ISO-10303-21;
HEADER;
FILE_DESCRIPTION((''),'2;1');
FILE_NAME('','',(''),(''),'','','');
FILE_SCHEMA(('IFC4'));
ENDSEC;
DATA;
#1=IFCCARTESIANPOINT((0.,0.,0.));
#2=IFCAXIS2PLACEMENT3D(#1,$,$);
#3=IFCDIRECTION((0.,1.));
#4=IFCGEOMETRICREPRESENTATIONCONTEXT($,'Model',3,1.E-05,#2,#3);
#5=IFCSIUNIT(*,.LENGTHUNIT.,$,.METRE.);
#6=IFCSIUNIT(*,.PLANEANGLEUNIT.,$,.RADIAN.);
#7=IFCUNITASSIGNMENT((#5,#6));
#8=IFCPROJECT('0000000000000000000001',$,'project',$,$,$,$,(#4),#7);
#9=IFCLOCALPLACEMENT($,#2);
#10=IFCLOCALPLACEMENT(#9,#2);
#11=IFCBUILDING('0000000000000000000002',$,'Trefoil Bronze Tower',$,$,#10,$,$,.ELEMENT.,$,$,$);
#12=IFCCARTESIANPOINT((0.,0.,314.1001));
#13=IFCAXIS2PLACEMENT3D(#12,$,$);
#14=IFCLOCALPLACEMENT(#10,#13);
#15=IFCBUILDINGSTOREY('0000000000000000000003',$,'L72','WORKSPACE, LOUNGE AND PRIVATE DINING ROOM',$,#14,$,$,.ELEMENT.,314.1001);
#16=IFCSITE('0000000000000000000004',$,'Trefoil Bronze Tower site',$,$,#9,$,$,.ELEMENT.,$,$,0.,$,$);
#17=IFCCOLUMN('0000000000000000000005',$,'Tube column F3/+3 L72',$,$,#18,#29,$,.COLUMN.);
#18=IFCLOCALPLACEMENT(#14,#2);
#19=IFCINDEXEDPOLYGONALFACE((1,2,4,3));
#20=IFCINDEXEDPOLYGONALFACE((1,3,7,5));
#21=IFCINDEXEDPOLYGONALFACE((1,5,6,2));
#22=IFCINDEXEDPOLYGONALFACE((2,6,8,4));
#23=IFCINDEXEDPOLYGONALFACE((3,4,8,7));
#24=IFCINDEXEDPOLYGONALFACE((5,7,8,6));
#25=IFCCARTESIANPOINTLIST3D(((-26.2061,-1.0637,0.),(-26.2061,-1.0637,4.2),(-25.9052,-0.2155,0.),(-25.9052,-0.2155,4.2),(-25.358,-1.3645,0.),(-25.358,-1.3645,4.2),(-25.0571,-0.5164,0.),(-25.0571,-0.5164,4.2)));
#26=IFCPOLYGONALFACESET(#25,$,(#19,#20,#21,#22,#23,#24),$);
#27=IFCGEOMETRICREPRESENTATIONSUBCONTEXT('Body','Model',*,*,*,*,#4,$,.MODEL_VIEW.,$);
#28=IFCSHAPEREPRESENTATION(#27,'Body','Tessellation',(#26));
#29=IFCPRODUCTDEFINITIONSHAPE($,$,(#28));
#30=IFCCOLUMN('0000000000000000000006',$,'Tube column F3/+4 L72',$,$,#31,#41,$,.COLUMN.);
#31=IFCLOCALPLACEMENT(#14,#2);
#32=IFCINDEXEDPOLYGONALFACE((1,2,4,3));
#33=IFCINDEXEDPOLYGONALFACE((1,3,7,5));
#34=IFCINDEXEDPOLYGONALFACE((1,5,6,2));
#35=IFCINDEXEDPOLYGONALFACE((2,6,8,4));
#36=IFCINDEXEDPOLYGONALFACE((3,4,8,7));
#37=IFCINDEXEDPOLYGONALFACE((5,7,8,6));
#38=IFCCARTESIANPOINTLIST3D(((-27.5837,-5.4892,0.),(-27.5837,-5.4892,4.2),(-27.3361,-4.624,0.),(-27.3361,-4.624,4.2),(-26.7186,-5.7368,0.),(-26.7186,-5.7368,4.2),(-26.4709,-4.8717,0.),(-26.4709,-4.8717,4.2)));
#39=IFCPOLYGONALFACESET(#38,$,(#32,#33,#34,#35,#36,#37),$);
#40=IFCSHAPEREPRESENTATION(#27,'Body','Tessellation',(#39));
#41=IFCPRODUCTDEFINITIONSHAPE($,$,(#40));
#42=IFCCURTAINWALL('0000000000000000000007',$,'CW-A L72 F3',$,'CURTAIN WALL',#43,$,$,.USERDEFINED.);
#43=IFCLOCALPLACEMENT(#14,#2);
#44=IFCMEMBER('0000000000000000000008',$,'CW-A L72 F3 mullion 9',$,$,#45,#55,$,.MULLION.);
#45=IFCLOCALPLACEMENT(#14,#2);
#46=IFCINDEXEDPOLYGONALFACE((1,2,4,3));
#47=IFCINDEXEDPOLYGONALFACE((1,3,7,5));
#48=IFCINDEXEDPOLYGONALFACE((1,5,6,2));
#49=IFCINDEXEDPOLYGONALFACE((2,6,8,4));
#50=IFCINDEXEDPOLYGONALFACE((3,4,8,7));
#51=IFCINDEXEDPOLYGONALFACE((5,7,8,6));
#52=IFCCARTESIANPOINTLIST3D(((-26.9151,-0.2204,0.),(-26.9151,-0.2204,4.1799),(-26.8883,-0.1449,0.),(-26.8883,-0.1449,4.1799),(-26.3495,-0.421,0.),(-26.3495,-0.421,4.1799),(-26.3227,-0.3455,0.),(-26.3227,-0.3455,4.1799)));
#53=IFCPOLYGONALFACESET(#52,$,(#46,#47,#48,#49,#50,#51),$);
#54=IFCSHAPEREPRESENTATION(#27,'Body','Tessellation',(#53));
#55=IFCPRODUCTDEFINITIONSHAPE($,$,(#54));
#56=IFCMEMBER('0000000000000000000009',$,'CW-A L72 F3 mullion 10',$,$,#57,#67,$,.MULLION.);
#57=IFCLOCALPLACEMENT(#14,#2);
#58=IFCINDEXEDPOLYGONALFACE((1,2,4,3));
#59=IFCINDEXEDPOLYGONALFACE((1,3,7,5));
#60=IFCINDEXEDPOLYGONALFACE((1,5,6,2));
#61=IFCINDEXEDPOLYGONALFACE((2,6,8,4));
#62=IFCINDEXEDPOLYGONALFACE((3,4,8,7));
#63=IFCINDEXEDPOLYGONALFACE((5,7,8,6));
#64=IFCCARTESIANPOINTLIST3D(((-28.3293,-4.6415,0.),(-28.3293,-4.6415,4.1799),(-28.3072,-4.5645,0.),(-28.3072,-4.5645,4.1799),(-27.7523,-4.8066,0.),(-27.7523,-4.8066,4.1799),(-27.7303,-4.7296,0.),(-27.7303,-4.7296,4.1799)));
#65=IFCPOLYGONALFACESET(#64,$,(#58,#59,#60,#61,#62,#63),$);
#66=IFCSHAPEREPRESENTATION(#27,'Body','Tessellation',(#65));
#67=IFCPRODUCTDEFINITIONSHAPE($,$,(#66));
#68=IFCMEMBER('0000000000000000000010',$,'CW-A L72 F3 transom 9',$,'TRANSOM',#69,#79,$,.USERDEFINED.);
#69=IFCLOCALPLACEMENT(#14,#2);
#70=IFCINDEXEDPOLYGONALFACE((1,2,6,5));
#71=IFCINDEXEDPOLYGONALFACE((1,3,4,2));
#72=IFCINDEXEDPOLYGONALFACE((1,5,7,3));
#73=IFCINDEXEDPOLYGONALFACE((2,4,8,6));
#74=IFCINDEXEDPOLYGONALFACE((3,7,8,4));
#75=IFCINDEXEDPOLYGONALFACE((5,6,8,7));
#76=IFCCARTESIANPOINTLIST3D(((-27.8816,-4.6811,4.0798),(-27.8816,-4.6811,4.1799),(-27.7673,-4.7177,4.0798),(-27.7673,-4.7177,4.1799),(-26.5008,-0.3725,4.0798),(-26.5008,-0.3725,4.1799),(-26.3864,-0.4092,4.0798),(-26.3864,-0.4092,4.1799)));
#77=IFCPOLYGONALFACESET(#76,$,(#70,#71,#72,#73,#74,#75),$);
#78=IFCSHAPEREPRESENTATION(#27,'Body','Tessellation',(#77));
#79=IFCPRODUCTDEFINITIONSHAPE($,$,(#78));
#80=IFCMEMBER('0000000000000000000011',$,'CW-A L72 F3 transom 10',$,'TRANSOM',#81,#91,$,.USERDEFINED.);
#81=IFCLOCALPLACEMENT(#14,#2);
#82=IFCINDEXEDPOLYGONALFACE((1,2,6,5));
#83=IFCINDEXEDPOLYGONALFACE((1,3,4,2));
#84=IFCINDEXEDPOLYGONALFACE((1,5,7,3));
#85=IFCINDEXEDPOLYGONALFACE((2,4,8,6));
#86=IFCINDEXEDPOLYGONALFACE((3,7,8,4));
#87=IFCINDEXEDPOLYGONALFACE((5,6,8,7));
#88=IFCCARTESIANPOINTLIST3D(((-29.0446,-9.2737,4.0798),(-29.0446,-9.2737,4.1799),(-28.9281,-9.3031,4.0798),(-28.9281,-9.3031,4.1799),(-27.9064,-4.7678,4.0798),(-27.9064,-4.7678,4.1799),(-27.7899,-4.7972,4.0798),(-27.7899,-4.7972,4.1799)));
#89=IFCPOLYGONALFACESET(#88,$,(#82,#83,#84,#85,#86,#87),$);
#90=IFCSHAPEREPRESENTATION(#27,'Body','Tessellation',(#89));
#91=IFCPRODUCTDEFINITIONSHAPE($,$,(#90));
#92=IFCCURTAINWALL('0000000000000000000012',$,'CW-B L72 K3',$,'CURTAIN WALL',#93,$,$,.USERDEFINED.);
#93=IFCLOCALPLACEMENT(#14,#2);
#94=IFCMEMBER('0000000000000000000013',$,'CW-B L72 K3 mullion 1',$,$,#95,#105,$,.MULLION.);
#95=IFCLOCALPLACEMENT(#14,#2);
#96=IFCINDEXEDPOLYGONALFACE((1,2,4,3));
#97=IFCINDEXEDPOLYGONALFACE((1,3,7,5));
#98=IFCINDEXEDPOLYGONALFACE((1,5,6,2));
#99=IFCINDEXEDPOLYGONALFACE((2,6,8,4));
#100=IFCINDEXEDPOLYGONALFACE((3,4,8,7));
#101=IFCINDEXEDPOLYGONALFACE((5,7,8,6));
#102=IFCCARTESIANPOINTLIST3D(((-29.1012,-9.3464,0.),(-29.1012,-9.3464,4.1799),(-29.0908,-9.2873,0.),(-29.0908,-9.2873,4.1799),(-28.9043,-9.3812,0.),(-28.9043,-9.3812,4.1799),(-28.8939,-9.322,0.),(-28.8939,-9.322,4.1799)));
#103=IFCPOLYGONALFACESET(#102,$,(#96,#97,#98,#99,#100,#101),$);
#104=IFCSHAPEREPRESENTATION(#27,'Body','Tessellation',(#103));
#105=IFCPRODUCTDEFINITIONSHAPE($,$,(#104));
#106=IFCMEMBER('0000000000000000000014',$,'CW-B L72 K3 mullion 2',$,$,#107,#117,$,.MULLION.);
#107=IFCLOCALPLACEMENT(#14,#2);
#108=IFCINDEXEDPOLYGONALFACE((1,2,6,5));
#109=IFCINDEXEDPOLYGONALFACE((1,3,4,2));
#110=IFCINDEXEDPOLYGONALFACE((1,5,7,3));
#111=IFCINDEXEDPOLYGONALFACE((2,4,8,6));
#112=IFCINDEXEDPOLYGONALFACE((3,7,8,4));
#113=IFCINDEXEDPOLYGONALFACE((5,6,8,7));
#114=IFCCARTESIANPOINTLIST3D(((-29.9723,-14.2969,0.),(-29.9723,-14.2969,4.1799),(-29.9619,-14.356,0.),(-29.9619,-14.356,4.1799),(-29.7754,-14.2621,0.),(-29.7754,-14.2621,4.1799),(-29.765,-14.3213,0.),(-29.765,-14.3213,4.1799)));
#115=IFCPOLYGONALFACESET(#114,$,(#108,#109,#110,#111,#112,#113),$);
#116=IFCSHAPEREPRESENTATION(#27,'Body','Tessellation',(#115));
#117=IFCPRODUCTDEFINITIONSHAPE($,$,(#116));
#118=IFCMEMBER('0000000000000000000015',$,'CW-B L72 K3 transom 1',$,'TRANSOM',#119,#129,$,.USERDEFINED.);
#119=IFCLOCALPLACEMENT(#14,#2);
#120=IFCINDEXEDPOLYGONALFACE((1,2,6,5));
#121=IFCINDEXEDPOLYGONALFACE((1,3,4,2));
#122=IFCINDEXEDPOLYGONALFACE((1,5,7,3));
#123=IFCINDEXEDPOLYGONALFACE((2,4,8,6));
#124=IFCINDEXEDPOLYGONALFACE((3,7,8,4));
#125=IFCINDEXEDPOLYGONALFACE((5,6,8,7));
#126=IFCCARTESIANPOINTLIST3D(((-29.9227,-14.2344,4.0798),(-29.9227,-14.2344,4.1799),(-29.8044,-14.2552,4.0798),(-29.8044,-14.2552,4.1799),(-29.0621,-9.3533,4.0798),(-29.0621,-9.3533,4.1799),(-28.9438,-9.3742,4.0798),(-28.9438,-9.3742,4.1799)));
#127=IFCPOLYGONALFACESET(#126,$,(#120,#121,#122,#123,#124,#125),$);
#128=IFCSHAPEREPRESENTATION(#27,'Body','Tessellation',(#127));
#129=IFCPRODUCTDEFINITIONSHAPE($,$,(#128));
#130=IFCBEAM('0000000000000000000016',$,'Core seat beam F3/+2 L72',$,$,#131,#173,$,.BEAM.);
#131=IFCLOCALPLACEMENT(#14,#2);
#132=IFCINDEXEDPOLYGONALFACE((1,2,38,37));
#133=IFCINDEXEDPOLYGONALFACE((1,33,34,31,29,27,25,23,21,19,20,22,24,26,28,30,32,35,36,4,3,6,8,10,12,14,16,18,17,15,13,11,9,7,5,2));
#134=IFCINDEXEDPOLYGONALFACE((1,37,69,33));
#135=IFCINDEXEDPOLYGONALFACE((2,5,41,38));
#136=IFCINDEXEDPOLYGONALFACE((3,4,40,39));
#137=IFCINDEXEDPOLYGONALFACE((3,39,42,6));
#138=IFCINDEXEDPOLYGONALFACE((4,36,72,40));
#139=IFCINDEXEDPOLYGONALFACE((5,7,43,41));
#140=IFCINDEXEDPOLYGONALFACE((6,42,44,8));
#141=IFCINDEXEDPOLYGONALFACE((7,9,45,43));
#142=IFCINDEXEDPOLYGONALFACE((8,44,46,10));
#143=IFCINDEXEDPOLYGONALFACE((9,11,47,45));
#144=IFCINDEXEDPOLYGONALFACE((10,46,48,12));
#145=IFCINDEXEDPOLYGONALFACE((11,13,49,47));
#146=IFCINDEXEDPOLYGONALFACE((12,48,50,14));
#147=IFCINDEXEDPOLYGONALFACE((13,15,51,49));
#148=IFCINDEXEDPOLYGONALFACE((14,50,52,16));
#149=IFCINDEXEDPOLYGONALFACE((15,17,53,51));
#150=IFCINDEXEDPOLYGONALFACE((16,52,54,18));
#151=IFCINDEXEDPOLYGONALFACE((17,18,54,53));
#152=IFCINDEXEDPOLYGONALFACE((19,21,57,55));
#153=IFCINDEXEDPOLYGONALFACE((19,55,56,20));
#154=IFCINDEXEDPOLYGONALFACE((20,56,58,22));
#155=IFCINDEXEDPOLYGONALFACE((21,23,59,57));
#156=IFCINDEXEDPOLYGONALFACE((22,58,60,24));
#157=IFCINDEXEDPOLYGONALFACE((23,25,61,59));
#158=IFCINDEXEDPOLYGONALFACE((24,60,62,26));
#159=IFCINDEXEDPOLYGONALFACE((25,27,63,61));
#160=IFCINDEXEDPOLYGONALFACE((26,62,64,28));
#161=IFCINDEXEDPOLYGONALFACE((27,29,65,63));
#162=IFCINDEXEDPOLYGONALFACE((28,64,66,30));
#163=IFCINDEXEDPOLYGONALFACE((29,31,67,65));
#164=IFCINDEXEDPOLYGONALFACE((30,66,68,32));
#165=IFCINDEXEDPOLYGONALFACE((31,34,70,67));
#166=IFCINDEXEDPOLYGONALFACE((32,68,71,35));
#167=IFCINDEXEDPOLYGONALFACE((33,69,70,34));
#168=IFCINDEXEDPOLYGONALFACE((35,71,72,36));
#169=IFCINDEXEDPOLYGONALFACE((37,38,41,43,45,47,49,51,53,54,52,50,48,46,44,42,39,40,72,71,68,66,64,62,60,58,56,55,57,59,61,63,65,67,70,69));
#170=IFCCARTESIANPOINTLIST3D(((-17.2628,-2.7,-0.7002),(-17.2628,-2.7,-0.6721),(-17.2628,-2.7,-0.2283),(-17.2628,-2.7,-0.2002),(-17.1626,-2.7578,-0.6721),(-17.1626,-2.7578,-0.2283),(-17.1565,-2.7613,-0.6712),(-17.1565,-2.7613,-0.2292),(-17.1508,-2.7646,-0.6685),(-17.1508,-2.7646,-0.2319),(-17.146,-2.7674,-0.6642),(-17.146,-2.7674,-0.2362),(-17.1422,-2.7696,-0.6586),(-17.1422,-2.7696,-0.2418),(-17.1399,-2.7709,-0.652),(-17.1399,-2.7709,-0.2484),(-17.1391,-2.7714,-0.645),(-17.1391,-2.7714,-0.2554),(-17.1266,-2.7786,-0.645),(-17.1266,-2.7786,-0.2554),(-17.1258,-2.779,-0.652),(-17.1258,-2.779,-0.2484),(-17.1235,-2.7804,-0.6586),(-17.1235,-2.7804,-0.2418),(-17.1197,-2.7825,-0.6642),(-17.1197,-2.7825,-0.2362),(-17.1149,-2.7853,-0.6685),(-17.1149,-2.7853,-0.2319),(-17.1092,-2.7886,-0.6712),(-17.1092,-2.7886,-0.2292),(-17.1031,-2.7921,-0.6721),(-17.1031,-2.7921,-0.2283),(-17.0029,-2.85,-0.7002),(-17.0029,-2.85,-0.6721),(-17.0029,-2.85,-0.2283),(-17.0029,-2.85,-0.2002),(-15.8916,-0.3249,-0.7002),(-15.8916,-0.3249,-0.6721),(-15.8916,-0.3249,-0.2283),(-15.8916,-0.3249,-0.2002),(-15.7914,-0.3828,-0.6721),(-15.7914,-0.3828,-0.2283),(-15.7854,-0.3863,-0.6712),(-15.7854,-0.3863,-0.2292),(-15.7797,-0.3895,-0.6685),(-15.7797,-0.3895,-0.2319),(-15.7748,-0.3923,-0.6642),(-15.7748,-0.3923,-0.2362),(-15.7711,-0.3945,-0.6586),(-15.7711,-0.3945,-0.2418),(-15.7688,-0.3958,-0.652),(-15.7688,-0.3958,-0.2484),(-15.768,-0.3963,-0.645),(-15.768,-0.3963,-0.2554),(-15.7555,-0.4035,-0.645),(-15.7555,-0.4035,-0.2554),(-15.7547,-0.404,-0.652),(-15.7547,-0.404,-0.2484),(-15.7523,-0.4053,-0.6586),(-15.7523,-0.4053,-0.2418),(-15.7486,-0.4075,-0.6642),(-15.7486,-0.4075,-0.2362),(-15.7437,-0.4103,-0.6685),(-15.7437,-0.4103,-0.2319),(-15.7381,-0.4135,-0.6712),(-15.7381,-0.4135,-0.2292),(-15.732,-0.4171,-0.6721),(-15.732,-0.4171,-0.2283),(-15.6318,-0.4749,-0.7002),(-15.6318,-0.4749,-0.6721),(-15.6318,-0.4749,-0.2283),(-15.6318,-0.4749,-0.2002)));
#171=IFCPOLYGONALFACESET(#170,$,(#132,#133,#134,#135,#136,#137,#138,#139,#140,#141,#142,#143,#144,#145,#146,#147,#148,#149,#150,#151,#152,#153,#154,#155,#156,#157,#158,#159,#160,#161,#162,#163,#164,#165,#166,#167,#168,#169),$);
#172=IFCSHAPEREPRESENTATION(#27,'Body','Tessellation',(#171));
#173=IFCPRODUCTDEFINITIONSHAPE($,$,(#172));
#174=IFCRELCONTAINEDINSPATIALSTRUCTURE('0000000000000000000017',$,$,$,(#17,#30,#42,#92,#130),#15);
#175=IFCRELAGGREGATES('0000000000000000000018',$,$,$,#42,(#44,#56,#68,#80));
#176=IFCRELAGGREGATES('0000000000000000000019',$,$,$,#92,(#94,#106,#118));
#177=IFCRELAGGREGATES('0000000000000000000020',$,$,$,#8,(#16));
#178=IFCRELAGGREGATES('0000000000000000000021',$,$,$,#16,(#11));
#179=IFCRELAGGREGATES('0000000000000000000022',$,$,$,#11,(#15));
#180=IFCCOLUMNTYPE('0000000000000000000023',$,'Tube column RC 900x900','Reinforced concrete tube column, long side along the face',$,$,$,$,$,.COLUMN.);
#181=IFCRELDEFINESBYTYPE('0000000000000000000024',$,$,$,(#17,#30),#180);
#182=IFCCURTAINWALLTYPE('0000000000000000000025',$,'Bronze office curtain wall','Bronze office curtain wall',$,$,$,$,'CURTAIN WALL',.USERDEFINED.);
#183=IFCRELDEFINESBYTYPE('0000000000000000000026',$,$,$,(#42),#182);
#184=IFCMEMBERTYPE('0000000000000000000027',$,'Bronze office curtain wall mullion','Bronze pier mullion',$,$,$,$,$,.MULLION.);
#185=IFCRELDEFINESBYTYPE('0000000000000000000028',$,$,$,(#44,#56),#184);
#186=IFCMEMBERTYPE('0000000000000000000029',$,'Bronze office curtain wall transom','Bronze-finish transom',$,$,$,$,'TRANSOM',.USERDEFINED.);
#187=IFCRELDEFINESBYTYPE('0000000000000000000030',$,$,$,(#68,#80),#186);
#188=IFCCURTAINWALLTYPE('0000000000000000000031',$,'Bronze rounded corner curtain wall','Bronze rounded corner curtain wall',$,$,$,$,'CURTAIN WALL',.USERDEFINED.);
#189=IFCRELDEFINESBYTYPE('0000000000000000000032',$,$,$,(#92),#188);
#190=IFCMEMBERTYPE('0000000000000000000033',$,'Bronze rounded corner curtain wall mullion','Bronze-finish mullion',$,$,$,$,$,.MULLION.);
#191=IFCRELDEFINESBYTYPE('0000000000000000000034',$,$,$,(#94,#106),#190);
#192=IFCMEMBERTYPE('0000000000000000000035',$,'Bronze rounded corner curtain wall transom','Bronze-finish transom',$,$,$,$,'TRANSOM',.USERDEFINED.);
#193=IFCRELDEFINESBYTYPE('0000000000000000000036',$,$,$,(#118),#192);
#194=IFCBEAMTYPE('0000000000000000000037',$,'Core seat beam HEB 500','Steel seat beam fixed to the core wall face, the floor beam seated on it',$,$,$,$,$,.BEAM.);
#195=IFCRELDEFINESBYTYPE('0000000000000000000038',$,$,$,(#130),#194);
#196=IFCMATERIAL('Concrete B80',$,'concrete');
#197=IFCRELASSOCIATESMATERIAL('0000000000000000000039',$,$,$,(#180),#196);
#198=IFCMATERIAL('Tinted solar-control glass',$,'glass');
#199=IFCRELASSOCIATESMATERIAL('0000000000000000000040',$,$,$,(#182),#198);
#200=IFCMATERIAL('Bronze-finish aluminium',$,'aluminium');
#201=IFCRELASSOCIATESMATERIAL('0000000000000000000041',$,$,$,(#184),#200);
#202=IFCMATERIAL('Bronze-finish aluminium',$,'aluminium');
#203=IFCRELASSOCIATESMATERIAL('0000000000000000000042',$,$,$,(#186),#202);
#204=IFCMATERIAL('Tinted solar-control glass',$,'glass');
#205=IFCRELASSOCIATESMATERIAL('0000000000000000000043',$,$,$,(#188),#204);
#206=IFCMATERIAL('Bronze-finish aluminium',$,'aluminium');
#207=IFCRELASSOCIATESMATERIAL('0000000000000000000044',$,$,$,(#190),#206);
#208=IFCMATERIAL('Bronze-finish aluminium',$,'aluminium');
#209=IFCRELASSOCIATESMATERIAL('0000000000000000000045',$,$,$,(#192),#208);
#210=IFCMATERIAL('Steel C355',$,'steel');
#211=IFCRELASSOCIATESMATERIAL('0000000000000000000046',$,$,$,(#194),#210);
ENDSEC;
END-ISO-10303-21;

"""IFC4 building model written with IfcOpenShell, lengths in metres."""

from ifc_helpers import new_model, si_unit, direction, frame, origin, origin_2d, place, context, subcontext, project, spatial, rectangle, i_section, extrude, material, material_profile, profile_set, type_object, element, aggregate, save


model = new_model("IFC4")

# Units and contexts
model_context = context("Model", 3, precision=1e-05, world=origin(), true_north=direction((0.0, 1.0)))
body_context = subcontext(model_context, "Body", "Model", "MODEL_VIEW")
ifc_project = project(units=[si_unit("LENGTHUNIT", "METRE"), si_unit("PLANEANGLEUNIT", "RADIAN")], contexts=[model_context])

# Site, building, storey
site_placement = place(None, origin())
site = spatial("IfcSite", under=ifc_project, at=site_placement, Name="Trefoil Bronze Tower site", CompositionType="ELEMENT", RefElevation=0.0)
building_placement = place(site_placement, origin())
building = spatial("IfcBuilding", under=site, at=building_placement, Name="Trefoil Bronze Tower", CompositionType="ELEMENT")
storey_placement = place(building_placement, frame((0.0, 0.0, 314.1001)))
storey = spatial("IfcBuildingStorey", under=building, at=storey_placement, Name="L72", Description="WORKSPACE, LOUNGE AND PRIVATE DINING ROOM", CompositionType="ELEMENT", Elevation=314.1001)

# Columns
ifc_material_1 = material(Name="Concrete B80", Category="concrete")
ifc_material_profile_1 = material_profile(ifc_material_1, rectangle(XDim=0.8999, YDim=0.8999, at=origin_2d()), Name="RC 900x900")
ifc_profile_set_1 = profile_set([ifc_material_profile_1], Name="Concrete B80")
column_type = type_object("IfcColumnType", Name="Tube column RC 900x900", Description="Reinforced concrete tube column, long side along the face", PredefinedType="COLUMN", material=ifc_profile_set_1)
for number, where, z_axis, x_axis, name in (
    (1, (-25.6316, -0.79, 0.0), (0.0, 0.0, 1.0), (-0.334352, -0.942448, 0.0), "Tube column F3/+3 L72"),
    (2, (-27.0273, -5.1804, 0.0), (0.0, 0.0, 1.0), (-0.275169, -0.961396, 0.0), "Tube column F3/+4 L72"),
):
    element("IfcColumn", number, at=place(storey_placement, frame(where, z_axis=z_axis, x_axis=x_axis)), inside=storey, type_object=column_type, Name=name, PredefinedType="COLUMN", context=body_context, shape_type="SweptSolid", body=[
        extrude(rectangle(XDim=0.8999, YDim=0.8999, at=origin_2d()), origin(), (0.0, 0.0, 1.0), 4.2),
    ])

# Curtain walls, members
ifc_material_2 = material(Name="Tinted solar-control glass", Category="glass")
curtain_wall_type_1 = type_object("IfcCurtainWallType", Name="Bronze office curtain wall", Description="Bronze office curtain wall", ElementType="CURTAIN WALL", PredefinedType="USERDEFINED", material=ifc_material_2)
curtain_wall_1_placement = place(storey_placement, origin())
curtain_wall_1 = element("IfcCurtainWall", 3, at=curtain_wall_1_placement, inside=storey, type_object=curtain_wall_type_1, Name="CW-A L72 F3", ObjectType="CURTAIN WALL", PredefinedType="USERDEFINED")
ifc_material_3 = material(Name="Bronze-finish aluminium", Category="aluminium")
ifc_material_profile_2 = material_profile(ifc_material_3, rectangle(XDim=0.6001, YDim=0.0801, at=origin_2d()), Name="CW-A mullion")
ifc_profile_set_2 = profile_set([ifc_material_profile_2], Name="Bronze-finish aluminium")
member_type_1 = type_object("IfcMemberType", Name="Bronze office curtain wall mullion", Description="Bronze pier mullion", PredefinedType="MULLION", material=ifc_profile_set_2)
member_1_placement = place(storey_placement, frame((-26.6189, -0.283, 0.0), z_axis=(0.0, 0.0, 1.0), x_axis=(0.942448, -0.334352, 0.0)))
member_1 = element("IfcMember", 4, at=member_1_placement, type_object=member_type_1, Name="CW-A L72 F3 mullion 9", PredefinedType="MULLION", context=body_context, shape_type="SweptSolid", body=[
    extrude(rectangle(XDim=0.6001, YDim=0.0801, at=origin_2d()), origin(), (0.0, 0.0, 1.0), 4.1799),
])
member_2_placement = place(storey_placement, frame((-28.0298, -4.6855, 0.0), z_axis=(0.0, 0.0, 1.0), x_axis=(0.961396, -0.275169, 0.0)))
member_2 = element("IfcMember", 5, at=member_2_placement, type_object=member_type_1, Name="CW-A L72 F3 mullion 10", PredefinedType="MULLION", context=body_context, shape_type="SweptSolid", body=[
    extrude(rectangle(XDim=0.6001, YDim=0.0801, at=origin_2d()), origin(), (0.0, 0.0, 1.0), 4.1799),
])
ifc_material_4 = material(Name="Bronze-finish aluminium", Category="aluminium")
ifc_material_profile_3 = material_profile(ifc_material_4, rectangle(XDim=0.1201, YDim=0.1001, at=origin_2d()), Name="CW-A transom")
ifc_profile_set_3 = profile_set([ifc_material_profile_3], Name="Bronze-finish aluminium")
member_type_2 = type_object("IfcMemberType", Name="Bronze office curtain wall transom", Description="Bronze-finish transom", ElementType="TRANSOM", PredefinedType="USERDEFINED", material=ifc_profile_set_3)
member_3_placement = place(storey_placement, frame((-26.4436, -0.3909, 4.1299), z_axis=(-0.305199, -0.952289, 0.0), x_axis=(0.952289, -0.305199, 0.0)))
member_3 = element("IfcMember", 6, at=member_3_placement, type_object=member_type_2, Name="CW-A L72 F3 transom 9", ObjectType="TRANSOM", PredefinedType="USERDEFINED", context=body_context, shape_type="SweptSolid", body=[
    extrude(rectangle(XDim=0.1201, YDim=0.1001, at=origin_2d()), origin(), (0.0, 0.0, 1.0), 4.5244),
])
member_4_placement = place(storey_placement, frame((-27.8481, -4.7825, 4.1299), z_axis=(-0.244908, -0.969546, 0.0), x_axis=(0.969546, -0.244908, 0.0)))
member_4 = element("IfcMember", 7, at=member_4_placement, type_object=member_type_2, Name="CW-A L72 F3 transom 10", ObjectType="TRANSOM", PredefinedType="USERDEFINED", context=body_context, shape_type="SweptSolid", body=[
    extrude(rectangle(XDim=0.1201, YDim=0.1001, at=origin_2d()), origin(), (0.0, 0.0, 1.0), 4.6475),
])
ifc_material_5 = material(Name="Tinted solar-control glass", Category="glass")
curtain_wall_type_2 = type_object("IfcCurtainWallType", Name="Bronze rounded corner curtain wall", Description="Bronze rounded corner curtain wall", ElementType="CURTAIN WALL", PredefinedType="USERDEFINED", material=ifc_material_5)
curtain_wall_2_placement = place(storey_placement, origin())
curtain_wall_2 = element("IfcCurtainWall", 8, at=curtain_wall_2_placement, inside=storey, type_object=curtain_wall_type_2, Name="CW-B L72 K3", ObjectType="CURTAIN WALL", PredefinedType="USERDEFINED")
ifc_material_6 = material(Name="Bronze-finish aluminium", Category="aluminium")
ifc_material_profile_4 = material_profile(ifc_material_6, rectangle(XDim=0.2, YDim=0.0601, at=origin_2d()), Name="CW-B mullion")
ifc_profile_set_4 = profile_set([ifc_material_profile_4], Name="Bronze-finish aluminium")
member_type_3 = type_object("IfcMemberType", Name="Bronze rounded corner curtain wall mullion", Description="Bronze-finish mullion", PredefinedType="MULLION", material=ifc_profile_set_4)
member_5_placement = place(storey_placement, frame((-28.9976, -9.3342, 0.0), z_axis=(0.0, 0.0, 1.0), x_axis=(0.984808, -0.173648, 0.0)))
member_5 = element("IfcMember", 9, at=member_5_placement, type_object=member_type_3, Name="CW-B L72 K3 mullion 1", PredefinedType="MULLION", context=body_context, shape_type="SweptSolid", body=[
    extrude(rectangle(XDim=0.2, YDim=0.0601, at=origin_2d()), origin(), (0.0, 0.0, 1.0), 4.1799),
])
member_6_placement = place(storey_placement, frame((-29.8687, -14.3091, 0.0), z_axis=(0.0, 0.0, 1.0), x_axis=(0.984808, 0.173648, 0.0)))
member_6 = element("IfcMember", 10, at=member_6_placement, type_object=member_type_3, Name="CW-B L72 K3 mullion 2", PredefinedType="MULLION", context=body_context, shape_type="SweptSolid", body=[
    extrude(rectangle(XDim=0.2, YDim=0.0601, at=origin_2d()), origin(), (0.0, 0.0, 1.0), 4.1799),
])
ifc_material_7 = material(Name="Bronze-finish aluminium", Category="aluminium")
ifc_material_profile_5 = material_profile(ifc_material_7, rectangle(XDim=0.1201, YDim=0.1001, at=origin_2d()), Name="CW-B transom")
ifc_profile_set_5 = profile_set([ifc_material_profile_5], Name="Bronze-finish aluminium")
member_type_4 = type_object("IfcMemberType", Name="Bronze rounded corner curtain wall transom", Description="Bronze-finish transom", ElementType="TRANSOM", PredefinedType="USERDEFINED", material=ifc_profile_set_5)
member_7_placement = place(storey_placement, frame((-29.0029, -9.3638, 4.1299), z_axis=(-0.173634, -0.98481, 0.0), x_axis=(0.98481, -0.173634, 0.0)))
member_7 = element("IfcMember", 11, at=member_7_placement, type_object=member_type_4, Name="CW-B L72 K3 transom 1", ObjectType="TRANSOM", PredefinedType="USERDEFINED", context=body_context, shape_type="SweptSolid", body=[
    extrude(rectangle(XDim=0.1201, YDim=0.1001, at=origin_2d()), origin(), (0.0, 0.0, 1.0), 4.9563),
])

# Beam
ifc_material_8 = material(Name="Steel C355", Category="steel")
ifc_material_profile_6 = material_profile(ifc_material_8, i_section(OverallWidth=0.3, OverallDepth=0.5, WebThickness=0.0144, FlangeThickness=0.0281, FilletRadius=0.0271, at=origin_2d()), Name="HEB 500")
ifc_profile_set_6 = profile_set([ifc_material_profile_6], Name="Steel C355")
beam_type_1 = type_object("IfcBeamType", Name="Core seat beam HEB 500", Description="Steel seat beam fixed to the core wall face, the floor beam seated on it", PredefinedType="BEAM", material=ifc_profile_set_6)
beam_1_placement = place(storey_placement, frame((-15.7617, -0.3999, -0.4502), z_axis=(-0.499969, -0.866043, 0.0), x_axis=(0.866043, -0.499969, 0.0)))
element("IfcBeam", 12, at=beam_1_placement, inside=storey, type_object=beam_type_1, Name="Core seat beam F3/+2 L72", PredefinedType="BEAM", context=body_context, shape_type="SweptSolid", body=[
    extrude(i_section(OverallWidth=0.3, OverallDepth=0.5, WebThickness=0.0144, FlangeThickness=0.0281, FilletRadius=0.0271, at=origin_2d()), origin(), (0.0, 0.0, 1.0), 2.7424),
])

aggregate(curtain_wall_1, [member_1, member_2, member_3, member_4])
aggregate(curtain_wall_2, [member_5, member_6, member_7])

save(model, "model.ifc")
